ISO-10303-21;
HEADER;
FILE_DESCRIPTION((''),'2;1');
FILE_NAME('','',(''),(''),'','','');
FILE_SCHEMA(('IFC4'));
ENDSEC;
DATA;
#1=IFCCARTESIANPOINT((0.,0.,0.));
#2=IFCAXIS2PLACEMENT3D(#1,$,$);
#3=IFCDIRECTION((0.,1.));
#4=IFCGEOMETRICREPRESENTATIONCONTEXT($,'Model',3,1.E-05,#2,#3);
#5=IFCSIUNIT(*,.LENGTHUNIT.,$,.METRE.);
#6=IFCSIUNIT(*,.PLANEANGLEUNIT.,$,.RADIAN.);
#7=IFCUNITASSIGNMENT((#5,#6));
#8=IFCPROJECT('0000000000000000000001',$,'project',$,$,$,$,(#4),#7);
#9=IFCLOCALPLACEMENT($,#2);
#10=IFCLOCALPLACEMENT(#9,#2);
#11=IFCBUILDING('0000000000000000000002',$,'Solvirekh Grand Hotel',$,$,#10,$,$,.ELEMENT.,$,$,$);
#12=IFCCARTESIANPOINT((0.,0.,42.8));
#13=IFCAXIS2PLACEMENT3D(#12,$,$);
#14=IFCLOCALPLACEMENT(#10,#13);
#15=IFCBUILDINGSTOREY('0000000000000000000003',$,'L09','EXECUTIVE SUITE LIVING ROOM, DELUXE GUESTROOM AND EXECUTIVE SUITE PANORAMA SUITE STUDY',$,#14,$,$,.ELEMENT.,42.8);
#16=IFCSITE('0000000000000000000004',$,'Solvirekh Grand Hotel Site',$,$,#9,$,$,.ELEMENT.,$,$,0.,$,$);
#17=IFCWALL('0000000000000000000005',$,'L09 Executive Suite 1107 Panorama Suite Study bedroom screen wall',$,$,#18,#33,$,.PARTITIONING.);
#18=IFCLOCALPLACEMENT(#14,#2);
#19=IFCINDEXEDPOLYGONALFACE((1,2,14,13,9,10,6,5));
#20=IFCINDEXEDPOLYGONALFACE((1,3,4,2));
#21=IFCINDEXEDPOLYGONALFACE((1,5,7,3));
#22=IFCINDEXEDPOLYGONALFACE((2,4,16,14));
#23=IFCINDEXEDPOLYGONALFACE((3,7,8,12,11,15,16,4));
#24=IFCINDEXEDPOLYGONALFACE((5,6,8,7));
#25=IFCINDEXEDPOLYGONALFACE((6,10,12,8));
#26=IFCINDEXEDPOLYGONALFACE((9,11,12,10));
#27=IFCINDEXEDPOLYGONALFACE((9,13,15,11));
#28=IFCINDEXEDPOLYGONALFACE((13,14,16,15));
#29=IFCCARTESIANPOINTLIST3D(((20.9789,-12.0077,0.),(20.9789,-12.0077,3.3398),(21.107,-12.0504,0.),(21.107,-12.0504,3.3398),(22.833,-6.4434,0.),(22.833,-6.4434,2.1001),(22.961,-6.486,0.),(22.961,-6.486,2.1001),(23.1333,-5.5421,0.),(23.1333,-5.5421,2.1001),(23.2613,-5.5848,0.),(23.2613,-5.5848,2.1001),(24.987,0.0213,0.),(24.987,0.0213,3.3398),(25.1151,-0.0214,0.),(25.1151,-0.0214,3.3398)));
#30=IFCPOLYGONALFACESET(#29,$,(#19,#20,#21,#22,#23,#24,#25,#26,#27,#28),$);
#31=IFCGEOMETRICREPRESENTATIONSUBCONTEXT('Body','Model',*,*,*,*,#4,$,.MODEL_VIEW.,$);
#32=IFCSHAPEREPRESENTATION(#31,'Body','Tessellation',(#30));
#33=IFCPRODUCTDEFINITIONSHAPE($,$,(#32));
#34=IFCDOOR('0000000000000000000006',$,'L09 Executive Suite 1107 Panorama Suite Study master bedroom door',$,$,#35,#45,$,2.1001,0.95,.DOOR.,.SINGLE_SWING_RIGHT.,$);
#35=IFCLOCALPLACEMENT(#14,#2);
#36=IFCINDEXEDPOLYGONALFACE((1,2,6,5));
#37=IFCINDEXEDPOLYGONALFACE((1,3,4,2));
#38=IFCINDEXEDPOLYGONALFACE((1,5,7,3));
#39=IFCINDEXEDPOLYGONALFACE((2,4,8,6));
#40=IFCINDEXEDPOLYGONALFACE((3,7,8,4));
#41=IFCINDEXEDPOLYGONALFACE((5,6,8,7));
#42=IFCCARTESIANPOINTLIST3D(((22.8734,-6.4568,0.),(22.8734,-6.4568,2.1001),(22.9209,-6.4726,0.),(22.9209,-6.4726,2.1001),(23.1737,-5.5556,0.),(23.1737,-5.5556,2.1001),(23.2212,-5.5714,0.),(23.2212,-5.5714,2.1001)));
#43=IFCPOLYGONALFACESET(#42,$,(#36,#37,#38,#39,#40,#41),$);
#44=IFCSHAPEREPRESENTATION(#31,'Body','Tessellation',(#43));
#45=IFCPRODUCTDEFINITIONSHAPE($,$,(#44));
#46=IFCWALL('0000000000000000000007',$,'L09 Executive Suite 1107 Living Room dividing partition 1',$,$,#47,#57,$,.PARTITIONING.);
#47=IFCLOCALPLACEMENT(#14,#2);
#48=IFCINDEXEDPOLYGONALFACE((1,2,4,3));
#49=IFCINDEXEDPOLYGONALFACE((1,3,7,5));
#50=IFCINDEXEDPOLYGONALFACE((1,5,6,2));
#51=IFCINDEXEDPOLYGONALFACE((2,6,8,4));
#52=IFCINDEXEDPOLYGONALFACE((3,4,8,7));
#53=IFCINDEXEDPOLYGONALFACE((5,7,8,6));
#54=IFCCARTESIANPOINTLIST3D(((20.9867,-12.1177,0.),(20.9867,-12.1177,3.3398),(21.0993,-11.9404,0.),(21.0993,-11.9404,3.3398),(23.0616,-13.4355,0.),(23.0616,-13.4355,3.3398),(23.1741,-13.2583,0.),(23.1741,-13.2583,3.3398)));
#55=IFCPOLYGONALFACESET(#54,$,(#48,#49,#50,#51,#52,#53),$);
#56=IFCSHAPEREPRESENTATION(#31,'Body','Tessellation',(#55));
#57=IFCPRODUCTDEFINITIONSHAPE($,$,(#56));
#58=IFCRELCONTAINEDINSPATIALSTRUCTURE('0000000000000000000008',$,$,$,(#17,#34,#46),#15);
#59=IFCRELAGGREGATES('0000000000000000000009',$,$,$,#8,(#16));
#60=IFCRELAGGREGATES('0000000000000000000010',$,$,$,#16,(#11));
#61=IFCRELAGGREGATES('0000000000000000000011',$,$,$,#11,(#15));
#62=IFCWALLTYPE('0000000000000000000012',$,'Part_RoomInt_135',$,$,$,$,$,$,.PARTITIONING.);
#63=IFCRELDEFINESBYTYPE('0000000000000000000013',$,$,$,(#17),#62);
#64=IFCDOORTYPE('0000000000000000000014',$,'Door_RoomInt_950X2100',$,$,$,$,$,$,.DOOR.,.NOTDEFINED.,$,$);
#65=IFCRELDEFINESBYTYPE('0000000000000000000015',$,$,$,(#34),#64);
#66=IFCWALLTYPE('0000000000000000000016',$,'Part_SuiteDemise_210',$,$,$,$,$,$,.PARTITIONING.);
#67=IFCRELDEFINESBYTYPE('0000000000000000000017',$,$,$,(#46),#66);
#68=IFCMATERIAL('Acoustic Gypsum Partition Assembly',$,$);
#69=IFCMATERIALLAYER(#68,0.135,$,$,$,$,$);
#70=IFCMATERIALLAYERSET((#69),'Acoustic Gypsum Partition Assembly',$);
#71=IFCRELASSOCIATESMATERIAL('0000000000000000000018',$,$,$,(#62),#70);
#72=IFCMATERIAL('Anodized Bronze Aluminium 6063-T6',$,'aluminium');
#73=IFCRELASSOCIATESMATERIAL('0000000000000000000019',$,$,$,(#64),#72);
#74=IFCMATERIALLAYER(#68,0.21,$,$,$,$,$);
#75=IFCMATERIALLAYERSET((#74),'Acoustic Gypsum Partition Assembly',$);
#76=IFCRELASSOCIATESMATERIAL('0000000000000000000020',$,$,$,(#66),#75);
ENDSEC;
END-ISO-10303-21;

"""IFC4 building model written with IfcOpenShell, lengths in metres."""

from ifc_helpers import new_model, si_unit, direction, frame, frame_2d, origin, place, context, subcontext, project, spatial, rectangle, extrude, material, layer, layer_set, type_object, element, fill, save


model = new_model("IFC4")

# Units and contexts
model_context = context("Model", 3, precision=1e-05, world=origin(), true_north=direction((0.0, 1.0)))
body_context = subcontext(model_context, "Body", "Model", "MODEL_VIEW")
ifc_project = project(units=[si_unit("LENGTHUNIT", "METRE"), si_unit("PLANEANGLEUNIT", "RADIAN")], contexts=[model_context])

# Site, building, storey
site_placement = place(None, origin())
site = spatial("IfcSite", under=ifc_project, at=site_placement, Name="Solvirekh Grand Hotel Site", CompositionType="ELEMENT", RefElevation=0.0)
building_placement = place(site_placement, origin())
building = spatial("IfcBuilding", under=site, at=building_placement, Name="Solvirekh Grand Hotel", CompositionType="ELEMENT")
storey_placement = place(building_placement, frame((0.0, 0.0, 42.8)))
storey = spatial("IfcBuildingStorey", under=building, at=storey_placement, Name="L09", Description="EXECUTIVE SUITE LIVING ROOM, DELUXE GUESTROOM AND EXECUTIVE SUITE PANORAMA SUITE STUDY", CompositionType="ELEMENT", Elevation=42.8)

# Shared definitions
ifc_material_1 = material(Name="Anodized Bronze Aluminium 6063-T6", Category="aluminium")

# Wall, opening, door
ifc_material_2 = material(Name="Acoustic Gypsum Partition Assembly")
ifc_layer_1 = layer(ifc_material_2, 0.135)
ifc_layer_set_1 = layer_set([ifc_layer_1], Name="Acoustic Gypsum Partition Assembly")
wall_type_1 = type_object("IfcWallType", Name="Part_RoomInt_135", PredefinedType="PARTITIONING", material=ifc_layer_set_1)
wall_1_placement = place(storey_placement, frame((21.043, -12.0291, 0.0), z_axis=(0.0, 0.0, 1.0), x_axis=(0.316112, 0.948722, 0.0)))
wall_1 = element("IfcWall", 1, at=wall_1_placement, inside=storey, type_object=wall_type_1, Name="L09 Executive Suite 1107 Panorama Suite Study bedroom screen wall", PredefinedType="PARTITIONING", context=body_context, shape_type="SweptSolid", body=[
    extrude(rectangle(XDim=12.6792, YDim=0.135, at=frame_2d((6.3396, 0.0))), origin(), (0.0, 0.0, 1.0), 3.3398),
])
opening_1_placement = place(wall_1_placement, frame((5.865, 0.0, 0.0)))
opening_1 = element("IfcOpeningElement", 2, at=opening_1_placement, cuts=wall_1, PredefinedType="OPENING", context=body_context, shape_type="SweptSolid", body=[
    extrude(rectangle(XDim=0.95, YDim=2.1001, at=frame_2d((0.4751, 1.05))), frame((0.0, 0.0776, 0.0), z_axis=(0.0, -1.0, 0.0), x_axis=(1.0, 0.0, 0.0)), (0.0, 0.0, 1.0), 0.155),
])
door_type = type_object("IfcDoorType", Name="Door_RoomInt_950X2100", OperationType="NOTDEFINED", PredefinedType="DOOR", material=ifc_material_1)
door_placement = place(opening_1_placement, origin())
door = element("IfcDoor", 3, at=door_placement, inside=storey, type_object=door_type, Name="L09 Executive Suite 1107 Panorama Suite Study master bedroom door", OperationType="SINGLE_SWING_RIGHT", OverallHeight=2.1001, OverallWidth=0.95, PredefinedType="DOOR", context=body_context, shape_type="SweptSolid", body=[
    extrude(rectangle(XDim=0.95, YDim=2.1001, at=frame_2d((0.4751, 1.05))), frame((0.0, 0.0249, 0.0), z_axis=(0.0, -1.0, 0.0), x_axis=(1.0, 0.0, 0.0)), (0.0, 0.0, 1.0), 0.05),
])
fill(opening_1, door)

# Wall
ifc_layer_2 = layer(ifc_material_2, 0.21)
ifc_layer_set_2 = layer_set([ifc_layer_2], Name="Acoustic Gypsum Partition Assembly")
wall_type_2 = type_object("IfcWallType", Name="Part_SuiteDemise_210", PredefinedType="PARTITIONING", material=ifc_layer_set_2)
wall_2_placement = place(storey_placement, frame((21.043, -12.0291, 0.0), z_axis=(0.0, 0.0, 1.0), x_axis=(0.844131, -0.536136, 0.0)))
element("IfcWall", 4, at=wall_2_placement, inside=storey, type_object=wall_type_2, Name="L09 Executive Suite 1107 Living Room dividing partition 1", PredefinedType="PARTITIONING", context=body_context, shape_type="SweptSolid", body=[
    extrude(rectangle(XDim=2.458, YDim=0.21, at=frame_2d((1.229, 0.0))), origin(), (0.0, 0.0, 1.0), 3.3398),
])

save(model, "model.ifc")
